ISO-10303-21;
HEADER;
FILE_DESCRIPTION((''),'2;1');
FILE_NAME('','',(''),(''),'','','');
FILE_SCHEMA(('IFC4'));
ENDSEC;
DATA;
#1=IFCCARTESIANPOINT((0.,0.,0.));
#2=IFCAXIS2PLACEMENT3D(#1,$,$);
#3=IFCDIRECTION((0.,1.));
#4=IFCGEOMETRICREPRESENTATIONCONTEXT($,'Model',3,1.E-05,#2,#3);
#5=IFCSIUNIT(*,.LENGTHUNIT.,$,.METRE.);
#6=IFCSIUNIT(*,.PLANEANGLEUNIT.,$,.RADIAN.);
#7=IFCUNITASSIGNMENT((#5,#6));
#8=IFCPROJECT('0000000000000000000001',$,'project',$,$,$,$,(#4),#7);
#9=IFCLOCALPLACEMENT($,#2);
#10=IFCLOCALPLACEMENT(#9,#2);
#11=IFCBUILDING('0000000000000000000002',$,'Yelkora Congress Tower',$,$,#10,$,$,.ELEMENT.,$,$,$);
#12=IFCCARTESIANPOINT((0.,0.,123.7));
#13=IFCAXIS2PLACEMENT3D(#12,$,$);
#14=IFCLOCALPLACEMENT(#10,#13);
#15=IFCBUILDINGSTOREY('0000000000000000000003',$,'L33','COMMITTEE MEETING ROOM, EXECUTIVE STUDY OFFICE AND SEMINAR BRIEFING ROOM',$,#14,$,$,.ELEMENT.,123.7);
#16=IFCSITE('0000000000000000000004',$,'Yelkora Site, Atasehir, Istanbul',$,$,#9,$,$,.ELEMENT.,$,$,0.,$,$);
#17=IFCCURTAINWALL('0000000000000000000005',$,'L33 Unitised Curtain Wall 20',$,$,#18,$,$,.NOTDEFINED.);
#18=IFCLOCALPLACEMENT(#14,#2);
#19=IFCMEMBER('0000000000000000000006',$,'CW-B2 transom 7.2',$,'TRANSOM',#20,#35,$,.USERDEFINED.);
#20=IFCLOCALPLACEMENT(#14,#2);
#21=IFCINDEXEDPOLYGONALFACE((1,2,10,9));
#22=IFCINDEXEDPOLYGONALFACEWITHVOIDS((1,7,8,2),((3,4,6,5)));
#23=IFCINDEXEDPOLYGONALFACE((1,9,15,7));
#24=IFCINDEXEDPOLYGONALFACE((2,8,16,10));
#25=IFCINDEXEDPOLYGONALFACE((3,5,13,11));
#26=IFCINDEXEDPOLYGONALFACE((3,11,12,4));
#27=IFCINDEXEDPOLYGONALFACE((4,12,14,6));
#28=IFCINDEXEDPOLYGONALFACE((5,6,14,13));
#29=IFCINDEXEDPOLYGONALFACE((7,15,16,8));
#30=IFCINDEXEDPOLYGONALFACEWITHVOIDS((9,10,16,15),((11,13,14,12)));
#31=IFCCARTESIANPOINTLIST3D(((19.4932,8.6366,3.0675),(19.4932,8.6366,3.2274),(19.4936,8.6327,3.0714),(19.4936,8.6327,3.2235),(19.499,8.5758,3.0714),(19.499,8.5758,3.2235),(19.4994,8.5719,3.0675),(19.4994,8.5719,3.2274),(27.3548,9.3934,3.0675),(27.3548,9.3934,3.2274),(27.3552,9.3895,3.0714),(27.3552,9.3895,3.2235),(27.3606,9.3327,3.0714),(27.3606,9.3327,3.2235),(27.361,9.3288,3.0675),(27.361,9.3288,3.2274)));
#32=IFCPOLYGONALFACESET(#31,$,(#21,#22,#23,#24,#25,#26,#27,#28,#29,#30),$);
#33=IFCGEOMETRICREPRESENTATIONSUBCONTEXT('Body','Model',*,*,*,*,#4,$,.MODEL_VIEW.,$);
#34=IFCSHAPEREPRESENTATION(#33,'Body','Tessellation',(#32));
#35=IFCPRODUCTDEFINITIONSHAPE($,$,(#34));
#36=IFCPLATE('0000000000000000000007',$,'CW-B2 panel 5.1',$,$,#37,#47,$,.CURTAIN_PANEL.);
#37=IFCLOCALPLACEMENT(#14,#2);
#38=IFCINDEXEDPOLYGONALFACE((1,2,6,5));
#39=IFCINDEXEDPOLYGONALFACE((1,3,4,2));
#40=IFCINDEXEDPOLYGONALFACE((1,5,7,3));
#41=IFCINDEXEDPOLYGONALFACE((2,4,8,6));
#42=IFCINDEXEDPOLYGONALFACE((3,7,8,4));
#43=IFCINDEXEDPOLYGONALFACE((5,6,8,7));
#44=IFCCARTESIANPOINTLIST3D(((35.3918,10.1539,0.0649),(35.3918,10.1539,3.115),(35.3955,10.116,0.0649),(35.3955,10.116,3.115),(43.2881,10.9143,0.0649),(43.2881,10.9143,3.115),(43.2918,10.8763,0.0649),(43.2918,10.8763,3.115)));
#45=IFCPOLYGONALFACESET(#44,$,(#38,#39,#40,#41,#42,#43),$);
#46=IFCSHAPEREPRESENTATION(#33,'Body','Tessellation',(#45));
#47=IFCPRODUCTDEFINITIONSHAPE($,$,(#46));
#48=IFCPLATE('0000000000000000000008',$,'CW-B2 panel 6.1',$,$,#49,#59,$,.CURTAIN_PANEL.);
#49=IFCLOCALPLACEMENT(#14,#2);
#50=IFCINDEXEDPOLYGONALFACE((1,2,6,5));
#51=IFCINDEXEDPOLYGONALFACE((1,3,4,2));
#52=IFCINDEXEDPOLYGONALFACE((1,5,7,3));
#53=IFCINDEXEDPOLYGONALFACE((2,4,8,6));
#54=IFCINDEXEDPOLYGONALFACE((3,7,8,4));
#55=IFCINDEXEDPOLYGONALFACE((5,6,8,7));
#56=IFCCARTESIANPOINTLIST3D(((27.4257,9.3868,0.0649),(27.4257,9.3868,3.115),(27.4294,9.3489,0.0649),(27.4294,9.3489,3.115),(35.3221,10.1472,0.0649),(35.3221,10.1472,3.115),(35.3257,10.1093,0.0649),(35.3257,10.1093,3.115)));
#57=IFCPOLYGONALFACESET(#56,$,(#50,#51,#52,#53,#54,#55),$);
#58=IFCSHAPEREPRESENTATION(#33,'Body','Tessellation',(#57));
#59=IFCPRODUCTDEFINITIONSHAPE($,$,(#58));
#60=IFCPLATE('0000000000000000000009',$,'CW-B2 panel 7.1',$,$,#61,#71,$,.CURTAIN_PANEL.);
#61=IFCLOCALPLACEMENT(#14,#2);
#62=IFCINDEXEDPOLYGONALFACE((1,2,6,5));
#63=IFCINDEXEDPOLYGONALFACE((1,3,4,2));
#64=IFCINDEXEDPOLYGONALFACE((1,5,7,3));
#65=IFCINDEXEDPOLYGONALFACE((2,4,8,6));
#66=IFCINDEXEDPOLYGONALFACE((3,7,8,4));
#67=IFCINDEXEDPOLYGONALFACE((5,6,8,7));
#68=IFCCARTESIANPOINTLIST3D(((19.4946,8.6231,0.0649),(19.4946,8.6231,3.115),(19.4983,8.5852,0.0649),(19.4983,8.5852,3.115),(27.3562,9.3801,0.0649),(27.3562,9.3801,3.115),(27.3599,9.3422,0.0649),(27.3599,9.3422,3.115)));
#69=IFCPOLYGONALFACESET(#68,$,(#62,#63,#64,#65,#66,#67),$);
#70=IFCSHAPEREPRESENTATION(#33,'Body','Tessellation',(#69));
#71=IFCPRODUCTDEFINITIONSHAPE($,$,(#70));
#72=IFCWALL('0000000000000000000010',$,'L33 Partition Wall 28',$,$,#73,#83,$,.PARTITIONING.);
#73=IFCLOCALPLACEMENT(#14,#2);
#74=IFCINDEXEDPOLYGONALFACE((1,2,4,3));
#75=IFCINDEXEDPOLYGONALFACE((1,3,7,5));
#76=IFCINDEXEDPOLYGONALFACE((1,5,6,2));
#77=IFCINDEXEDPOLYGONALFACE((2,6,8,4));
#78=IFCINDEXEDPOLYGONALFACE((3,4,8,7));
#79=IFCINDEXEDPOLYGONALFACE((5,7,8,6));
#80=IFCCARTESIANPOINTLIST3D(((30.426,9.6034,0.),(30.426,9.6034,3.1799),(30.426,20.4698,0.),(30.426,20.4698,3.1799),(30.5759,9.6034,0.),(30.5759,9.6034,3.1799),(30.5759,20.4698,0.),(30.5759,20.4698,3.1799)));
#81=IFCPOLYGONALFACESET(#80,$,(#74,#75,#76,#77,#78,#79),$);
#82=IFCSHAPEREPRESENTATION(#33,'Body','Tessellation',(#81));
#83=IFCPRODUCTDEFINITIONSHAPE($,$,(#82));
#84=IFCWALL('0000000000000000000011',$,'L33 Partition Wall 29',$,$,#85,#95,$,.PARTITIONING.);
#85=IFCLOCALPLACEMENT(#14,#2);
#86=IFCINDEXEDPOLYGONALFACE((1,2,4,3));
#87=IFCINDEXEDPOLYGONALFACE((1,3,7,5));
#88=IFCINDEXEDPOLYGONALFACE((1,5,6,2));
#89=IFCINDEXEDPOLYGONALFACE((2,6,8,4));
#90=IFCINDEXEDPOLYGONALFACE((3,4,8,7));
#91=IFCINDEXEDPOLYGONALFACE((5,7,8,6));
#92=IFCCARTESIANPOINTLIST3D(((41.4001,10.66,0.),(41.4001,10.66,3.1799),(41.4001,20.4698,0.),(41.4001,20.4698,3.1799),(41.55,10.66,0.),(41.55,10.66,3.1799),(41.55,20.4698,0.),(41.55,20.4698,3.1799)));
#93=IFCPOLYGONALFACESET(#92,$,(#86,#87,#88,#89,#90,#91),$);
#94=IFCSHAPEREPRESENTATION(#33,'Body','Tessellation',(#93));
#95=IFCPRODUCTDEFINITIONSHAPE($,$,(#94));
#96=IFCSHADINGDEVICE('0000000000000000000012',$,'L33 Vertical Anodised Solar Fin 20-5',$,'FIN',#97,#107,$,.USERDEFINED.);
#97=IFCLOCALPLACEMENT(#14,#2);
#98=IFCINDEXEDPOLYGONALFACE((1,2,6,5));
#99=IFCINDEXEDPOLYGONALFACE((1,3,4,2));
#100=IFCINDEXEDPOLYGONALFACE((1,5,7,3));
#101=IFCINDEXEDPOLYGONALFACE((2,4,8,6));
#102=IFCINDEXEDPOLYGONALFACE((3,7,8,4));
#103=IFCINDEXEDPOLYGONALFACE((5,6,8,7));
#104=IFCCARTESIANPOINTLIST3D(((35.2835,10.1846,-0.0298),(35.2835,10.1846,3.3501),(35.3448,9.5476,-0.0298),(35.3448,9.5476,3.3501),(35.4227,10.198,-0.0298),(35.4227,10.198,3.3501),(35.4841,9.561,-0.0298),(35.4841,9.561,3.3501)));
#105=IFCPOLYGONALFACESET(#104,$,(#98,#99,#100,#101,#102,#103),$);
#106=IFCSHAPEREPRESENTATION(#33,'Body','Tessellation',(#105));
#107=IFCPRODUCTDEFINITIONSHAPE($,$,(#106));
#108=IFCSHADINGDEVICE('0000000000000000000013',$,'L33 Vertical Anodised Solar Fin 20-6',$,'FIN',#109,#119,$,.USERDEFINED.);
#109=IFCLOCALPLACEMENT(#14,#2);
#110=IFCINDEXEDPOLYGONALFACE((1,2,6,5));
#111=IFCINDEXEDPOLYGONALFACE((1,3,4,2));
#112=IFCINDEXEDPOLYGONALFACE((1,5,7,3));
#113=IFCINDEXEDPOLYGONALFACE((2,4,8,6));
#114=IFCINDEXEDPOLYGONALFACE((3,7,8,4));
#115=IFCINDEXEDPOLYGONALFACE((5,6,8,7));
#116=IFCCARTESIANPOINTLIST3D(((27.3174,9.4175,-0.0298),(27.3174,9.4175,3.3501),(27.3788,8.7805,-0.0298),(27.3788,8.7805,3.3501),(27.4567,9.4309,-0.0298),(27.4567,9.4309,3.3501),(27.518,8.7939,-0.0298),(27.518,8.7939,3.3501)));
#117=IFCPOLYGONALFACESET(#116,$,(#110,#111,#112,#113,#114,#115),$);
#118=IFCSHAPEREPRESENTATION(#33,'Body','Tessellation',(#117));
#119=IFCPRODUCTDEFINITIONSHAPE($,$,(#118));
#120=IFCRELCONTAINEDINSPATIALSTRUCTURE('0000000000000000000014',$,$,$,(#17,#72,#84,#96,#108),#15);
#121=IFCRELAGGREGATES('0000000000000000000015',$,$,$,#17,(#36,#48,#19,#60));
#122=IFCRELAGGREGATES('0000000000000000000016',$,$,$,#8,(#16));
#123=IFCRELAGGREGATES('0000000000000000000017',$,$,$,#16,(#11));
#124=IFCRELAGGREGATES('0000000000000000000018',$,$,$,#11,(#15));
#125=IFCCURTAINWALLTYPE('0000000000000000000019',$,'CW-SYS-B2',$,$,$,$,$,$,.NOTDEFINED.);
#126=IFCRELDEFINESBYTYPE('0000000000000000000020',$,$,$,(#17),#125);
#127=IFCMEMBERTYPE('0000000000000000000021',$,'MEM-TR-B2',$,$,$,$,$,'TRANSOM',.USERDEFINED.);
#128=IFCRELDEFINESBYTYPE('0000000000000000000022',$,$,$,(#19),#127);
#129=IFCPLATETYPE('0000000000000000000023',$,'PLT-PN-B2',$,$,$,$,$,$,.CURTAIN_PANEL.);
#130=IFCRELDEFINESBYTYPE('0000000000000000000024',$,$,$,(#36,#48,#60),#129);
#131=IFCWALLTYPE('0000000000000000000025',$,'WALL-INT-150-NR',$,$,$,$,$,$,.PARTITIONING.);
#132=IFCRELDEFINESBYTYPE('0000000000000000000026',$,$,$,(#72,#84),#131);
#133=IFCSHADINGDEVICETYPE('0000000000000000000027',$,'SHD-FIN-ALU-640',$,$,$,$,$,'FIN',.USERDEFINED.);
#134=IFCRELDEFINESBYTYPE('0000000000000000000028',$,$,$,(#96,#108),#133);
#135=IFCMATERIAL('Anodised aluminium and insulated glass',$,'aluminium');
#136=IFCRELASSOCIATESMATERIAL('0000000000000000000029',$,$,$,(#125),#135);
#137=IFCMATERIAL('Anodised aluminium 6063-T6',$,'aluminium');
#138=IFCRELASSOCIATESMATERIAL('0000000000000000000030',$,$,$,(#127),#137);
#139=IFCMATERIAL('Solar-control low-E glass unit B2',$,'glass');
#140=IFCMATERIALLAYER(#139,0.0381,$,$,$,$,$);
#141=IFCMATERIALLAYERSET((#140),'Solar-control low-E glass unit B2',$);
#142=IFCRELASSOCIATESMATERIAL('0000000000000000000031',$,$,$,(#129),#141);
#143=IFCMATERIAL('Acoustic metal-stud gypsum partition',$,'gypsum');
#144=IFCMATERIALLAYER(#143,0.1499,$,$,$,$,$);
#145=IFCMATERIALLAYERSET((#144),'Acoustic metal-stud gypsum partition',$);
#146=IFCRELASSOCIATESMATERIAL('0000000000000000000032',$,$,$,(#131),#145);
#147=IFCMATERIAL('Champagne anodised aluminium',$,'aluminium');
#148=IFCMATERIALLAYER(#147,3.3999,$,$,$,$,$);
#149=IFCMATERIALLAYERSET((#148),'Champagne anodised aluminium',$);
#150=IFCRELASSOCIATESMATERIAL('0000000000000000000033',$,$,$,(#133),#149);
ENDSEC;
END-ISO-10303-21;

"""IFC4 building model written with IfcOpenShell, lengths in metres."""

from ifc_helpers import new_model, si_unit, direction, frame, frame_2d, origin, origin_2d, place, context, subcontext, project, spatial, rectangle, hollow_rectangle, extrude, material, layer, layer_set, material_profile, profile_set, type_object, element, aggregate, save


model = new_model("IFC4")

# Units and contexts
model_context = context("Model", 3, precision=1e-05, world=origin(), true_north=direction((0.0, 1.0)))
body_context = subcontext(model_context, "Body", "Model", "MODEL_VIEW")
ifc_project = project(units=[si_unit("LENGTHUNIT", "METRE"), si_unit("PLANEANGLEUNIT", "RADIAN")], contexts=[model_context])

# Site, building, storey
site_placement = place(None, origin())
site = spatial("IfcSite", under=ifc_project, at=site_placement, Name="Yelkora Site, Atasehir, Istanbul", CompositionType="ELEMENT", RefElevation=0.0)
building_placement = place(site_placement, origin())
building = spatial("IfcBuilding", under=site, at=building_placement, Name="Yelkora Congress Tower", CompositionType="ELEMENT")
storey_placement = place(building_placement, frame((0.0, 0.0, 123.7)))
storey = spatial("IfcBuildingStorey", under=building, at=storey_placement, Name="L33", Description="COMMITTEE MEETING ROOM, EXECUTIVE STUDY OFFICE AND SEMINAR BRIEFING ROOM", CompositionType="ELEMENT", Elevation=123.7)

# Curtain wall, member, plates
ifc_material_1 = material(Name="Anodised aluminium and insulated glass", Category="aluminium")
curtain_wall_type = type_object("IfcCurtainWallType", Name="CW-SYS-B2", PredefinedType="NOTDEFINED", material=ifc_material_1)
curtain_wall_placement = place(storey_placement, origin())
curtain_wall = element("IfcCurtainWall", 1, at=curtain_wall_placement, inside=storey, type_object=curtain_wall_type, Name="L33 Unitised Curtain Wall 20", PredefinedType="NOTDEFINED")
ifc_material_2 = material(Name="Anodised aluminium 6063-T6", Category="aluminium")
ifc_material_profile_1 = material_profile(ifc_material_2, hollow_rectangle(XDim=0.0649, YDim=0.1599, WallThickness=0.0039, at=origin_2d()), Name="ALU 65x160x4")
ifc_profile_set_1 = profile_set([ifc_material_profile_1], Name="Anodised aluminium 6063-T6")
member_type_1 = type_object("IfcMemberType", Name="MEM-TR-B2", ElementType="TRANSOM", PredefinedType="USERDEFINED", material=ifc_profile_set_1)
member_1_placement = place(storey_placement, frame((27.3579, 9.3611, 3.1475), z_axis=(-0.995398, -0.095827, 0.0), x_axis=(0.095827, -0.995398, 0.0)))
member_1 = element("IfcMember", 2, at=member_1_placement, type_object=member_type_1, Name="CW-B2 transom 7.2", ObjectType="TRANSOM", PredefinedType="USERDEFINED", context=body_context, shape_type="SweptSolid", body=[
    extrude(hollow_rectangle(XDim=0.0649, YDim=0.1599, WallThickness=0.0039, at=origin_2d()), origin(), (0.0, 0.0, 1.0), 7.8979),
])
ifc_material_3 = material(Name="Solar-control low-E glass unit B2", Category="glass")
ifc_layer_1 = layer(ifc_material_3, 0.0381)
ifc_layer_set_1 = layer_set([ifc_layer_1], Name="Solar-control low-E glass unit B2")
plate_type = type_object("IfcPlateType", Name="PLT-PN-B2", PredefinedType="CURTAIN_PANEL", material=ifc_layer_set_1)
plate_1_placement = place(storey_placement, frame((39.3418, 10.5151, 0.0649), z_axis=(0.0, 0.0, 1.0), x_axis=(-0.995396, -0.095844, 0.0)))
plate_1 = element("IfcPlate", 3, at=plate_1_placement, type_object=plate_type, Name="CW-B2 panel 5.1", PredefinedType="CURTAIN_PANEL", context=body_context, shape_type="SweptSolid", body=[
    extrude(rectangle(XDim=7.9329, YDim=0.0381, at=origin_2d()), origin(), (0.0, 0.0, 1.0), 3.05),
])
plate_2_placement = place(storey_placement, frame((31.3757, 9.748, 0.0649), z_axis=(0.0, 0.0, 1.0), x_axis=(-0.995396, -0.095844, 0.0)))
plate_2 = element("IfcPlate", 4, at=plate_2_placement, type_object=plate_type, Name="CW-B2 panel 6.1", PredefinedType="CURTAIN_PANEL", context=body_context, shape_type="SweptSolid", body=[
    extrude(rectangle(XDim=7.9329, YDim=0.0381, at=origin_2d()), origin(), (0.0, 0.0, 1.0), 3.05),
])
plate_3_placement = place(storey_placement, frame((23.4272, 8.9827, 0.0649), z_axis=(0.0, 0.0, 1.0), x_axis=(-0.995396, -0.095844, 0.0)))
plate_3 = element("IfcPlate", 5, at=plate_3_placement, type_object=plate_type, Name="CW-B2 panel 7.1", PredefinedType="CURTAIN_PANEL", context=body_context, shape_type="SweptSolid", body=[
    extrude(rectangle(XDim=7.8979, YDim=0.0381, at=origin_2d()), origin(), (0.0, 0.0, 1.0), 3.05),
])
aggregate(curtain_wall, [plate_1, plate_2, member_1, plate_3])

# Walls
ifc_material_4 = material(Name="Acoustic metal-stud gypsum partition", Category="gypsum")
ifc_layer_2 = layer(ifc_material_4, 0.1499)
ifc_layer_set_2 = layer_set([ifc_layer_2], Name="Acoustic metal-stud gypsum partition")
wall_type = type_object("IfcWallType", Name="WALL-INT-150-NR", PredefinedType="PARTITIONING", material=ifc_layer_set_2)
wall_1_placement = place(storey_placement, frame((30.501, 9.6035, 0.0), z_axis=(0.0, 0.0, 1.0), x_axis=(0.0, 1.0, 0.0)))
element("IfcWall", 6, at=wall_1_placement, inside=storey, type_object=wall_type, Name="L33 Partition Wall 28", PredefinedType="PARTITIONING", context=body_context, shape_type="SweptSolid", body=[
    extrude(rectangle(XDim=10.8665, YDim=0.1499, at=frame_2d((5.4331, 0.0))), origin(), (0.0, 0.0, 1.0), 3.1799),
])
wall_2_placement = place(storey_placement, frame((41.4751, 10.6602, 0.0), z_axis=(0.0, 0.0, 1.0), x_axis=(0.0, 1.0, 0.0)))
element("IfcWall", 7, at=wall_2_placement, inside=storey, type_object=wall_type, Name="L33 Partition Wall 29", PredefinedType="PARTITIONING", context=body_context, shape_type="SweptSolid", body=[
    extrude(rectangle(XDim=9.8098, YDim=0.1499, at=frame_2d((4.9048, 0.0))), origin(), (0.0, 0.0, 1.0), 3.1799),
])

# Shading devices
ifc_material_5 = material(Name="Champagne anodised aluminium", Category="aluminium")
ifc_layer_3 = layer(ifc_material_5, 3.3999)
ifc_layer_set_3 = layer_set([ifc_layer_3], Name="Champagne anodised aluminium")
shading_device_type = type_object("IfcShadingDeviceType", Name="SHD-FIN-ALU-640", ElementType="FIN", PredefinedType="USERDEFINED", material=ifc_layer_set_3)
for number, where, z_axis, x_axis, name in (
    (8, (35.3838, 9.8728, -0.0298), (0.0, 0.0, 1.0), (-0.995396, -0.095846, 0.0), "L33 Vertical Anodised Solar Fin 20-5"),
    (9, (27.4177, 9.1057, -0.0298), (0.0, 0.0, 1.0), (-0.995396, -0.095846, 0.0), "L33 Vertical Anodised Solar Fin 20-6"),
):
    element("IfcShadingDevice", number, at=place(storey_placement, frame(where, z_axis=z_axis, x_axis=x_axis)), inside=storey, type_object=shading_device_type, Name=name, ObjectType="FIN", PredefinedType="USERDEFINED", context=body_context, shape_type="SweptSolid", body=[
        extrude(rectangle(XDim=0.1399, YDim=0.6399, at=origin_2d()), origin(), (0.0, 0.0, 1.0), 3.3799),
    ])

save(model, "model.ifc")
